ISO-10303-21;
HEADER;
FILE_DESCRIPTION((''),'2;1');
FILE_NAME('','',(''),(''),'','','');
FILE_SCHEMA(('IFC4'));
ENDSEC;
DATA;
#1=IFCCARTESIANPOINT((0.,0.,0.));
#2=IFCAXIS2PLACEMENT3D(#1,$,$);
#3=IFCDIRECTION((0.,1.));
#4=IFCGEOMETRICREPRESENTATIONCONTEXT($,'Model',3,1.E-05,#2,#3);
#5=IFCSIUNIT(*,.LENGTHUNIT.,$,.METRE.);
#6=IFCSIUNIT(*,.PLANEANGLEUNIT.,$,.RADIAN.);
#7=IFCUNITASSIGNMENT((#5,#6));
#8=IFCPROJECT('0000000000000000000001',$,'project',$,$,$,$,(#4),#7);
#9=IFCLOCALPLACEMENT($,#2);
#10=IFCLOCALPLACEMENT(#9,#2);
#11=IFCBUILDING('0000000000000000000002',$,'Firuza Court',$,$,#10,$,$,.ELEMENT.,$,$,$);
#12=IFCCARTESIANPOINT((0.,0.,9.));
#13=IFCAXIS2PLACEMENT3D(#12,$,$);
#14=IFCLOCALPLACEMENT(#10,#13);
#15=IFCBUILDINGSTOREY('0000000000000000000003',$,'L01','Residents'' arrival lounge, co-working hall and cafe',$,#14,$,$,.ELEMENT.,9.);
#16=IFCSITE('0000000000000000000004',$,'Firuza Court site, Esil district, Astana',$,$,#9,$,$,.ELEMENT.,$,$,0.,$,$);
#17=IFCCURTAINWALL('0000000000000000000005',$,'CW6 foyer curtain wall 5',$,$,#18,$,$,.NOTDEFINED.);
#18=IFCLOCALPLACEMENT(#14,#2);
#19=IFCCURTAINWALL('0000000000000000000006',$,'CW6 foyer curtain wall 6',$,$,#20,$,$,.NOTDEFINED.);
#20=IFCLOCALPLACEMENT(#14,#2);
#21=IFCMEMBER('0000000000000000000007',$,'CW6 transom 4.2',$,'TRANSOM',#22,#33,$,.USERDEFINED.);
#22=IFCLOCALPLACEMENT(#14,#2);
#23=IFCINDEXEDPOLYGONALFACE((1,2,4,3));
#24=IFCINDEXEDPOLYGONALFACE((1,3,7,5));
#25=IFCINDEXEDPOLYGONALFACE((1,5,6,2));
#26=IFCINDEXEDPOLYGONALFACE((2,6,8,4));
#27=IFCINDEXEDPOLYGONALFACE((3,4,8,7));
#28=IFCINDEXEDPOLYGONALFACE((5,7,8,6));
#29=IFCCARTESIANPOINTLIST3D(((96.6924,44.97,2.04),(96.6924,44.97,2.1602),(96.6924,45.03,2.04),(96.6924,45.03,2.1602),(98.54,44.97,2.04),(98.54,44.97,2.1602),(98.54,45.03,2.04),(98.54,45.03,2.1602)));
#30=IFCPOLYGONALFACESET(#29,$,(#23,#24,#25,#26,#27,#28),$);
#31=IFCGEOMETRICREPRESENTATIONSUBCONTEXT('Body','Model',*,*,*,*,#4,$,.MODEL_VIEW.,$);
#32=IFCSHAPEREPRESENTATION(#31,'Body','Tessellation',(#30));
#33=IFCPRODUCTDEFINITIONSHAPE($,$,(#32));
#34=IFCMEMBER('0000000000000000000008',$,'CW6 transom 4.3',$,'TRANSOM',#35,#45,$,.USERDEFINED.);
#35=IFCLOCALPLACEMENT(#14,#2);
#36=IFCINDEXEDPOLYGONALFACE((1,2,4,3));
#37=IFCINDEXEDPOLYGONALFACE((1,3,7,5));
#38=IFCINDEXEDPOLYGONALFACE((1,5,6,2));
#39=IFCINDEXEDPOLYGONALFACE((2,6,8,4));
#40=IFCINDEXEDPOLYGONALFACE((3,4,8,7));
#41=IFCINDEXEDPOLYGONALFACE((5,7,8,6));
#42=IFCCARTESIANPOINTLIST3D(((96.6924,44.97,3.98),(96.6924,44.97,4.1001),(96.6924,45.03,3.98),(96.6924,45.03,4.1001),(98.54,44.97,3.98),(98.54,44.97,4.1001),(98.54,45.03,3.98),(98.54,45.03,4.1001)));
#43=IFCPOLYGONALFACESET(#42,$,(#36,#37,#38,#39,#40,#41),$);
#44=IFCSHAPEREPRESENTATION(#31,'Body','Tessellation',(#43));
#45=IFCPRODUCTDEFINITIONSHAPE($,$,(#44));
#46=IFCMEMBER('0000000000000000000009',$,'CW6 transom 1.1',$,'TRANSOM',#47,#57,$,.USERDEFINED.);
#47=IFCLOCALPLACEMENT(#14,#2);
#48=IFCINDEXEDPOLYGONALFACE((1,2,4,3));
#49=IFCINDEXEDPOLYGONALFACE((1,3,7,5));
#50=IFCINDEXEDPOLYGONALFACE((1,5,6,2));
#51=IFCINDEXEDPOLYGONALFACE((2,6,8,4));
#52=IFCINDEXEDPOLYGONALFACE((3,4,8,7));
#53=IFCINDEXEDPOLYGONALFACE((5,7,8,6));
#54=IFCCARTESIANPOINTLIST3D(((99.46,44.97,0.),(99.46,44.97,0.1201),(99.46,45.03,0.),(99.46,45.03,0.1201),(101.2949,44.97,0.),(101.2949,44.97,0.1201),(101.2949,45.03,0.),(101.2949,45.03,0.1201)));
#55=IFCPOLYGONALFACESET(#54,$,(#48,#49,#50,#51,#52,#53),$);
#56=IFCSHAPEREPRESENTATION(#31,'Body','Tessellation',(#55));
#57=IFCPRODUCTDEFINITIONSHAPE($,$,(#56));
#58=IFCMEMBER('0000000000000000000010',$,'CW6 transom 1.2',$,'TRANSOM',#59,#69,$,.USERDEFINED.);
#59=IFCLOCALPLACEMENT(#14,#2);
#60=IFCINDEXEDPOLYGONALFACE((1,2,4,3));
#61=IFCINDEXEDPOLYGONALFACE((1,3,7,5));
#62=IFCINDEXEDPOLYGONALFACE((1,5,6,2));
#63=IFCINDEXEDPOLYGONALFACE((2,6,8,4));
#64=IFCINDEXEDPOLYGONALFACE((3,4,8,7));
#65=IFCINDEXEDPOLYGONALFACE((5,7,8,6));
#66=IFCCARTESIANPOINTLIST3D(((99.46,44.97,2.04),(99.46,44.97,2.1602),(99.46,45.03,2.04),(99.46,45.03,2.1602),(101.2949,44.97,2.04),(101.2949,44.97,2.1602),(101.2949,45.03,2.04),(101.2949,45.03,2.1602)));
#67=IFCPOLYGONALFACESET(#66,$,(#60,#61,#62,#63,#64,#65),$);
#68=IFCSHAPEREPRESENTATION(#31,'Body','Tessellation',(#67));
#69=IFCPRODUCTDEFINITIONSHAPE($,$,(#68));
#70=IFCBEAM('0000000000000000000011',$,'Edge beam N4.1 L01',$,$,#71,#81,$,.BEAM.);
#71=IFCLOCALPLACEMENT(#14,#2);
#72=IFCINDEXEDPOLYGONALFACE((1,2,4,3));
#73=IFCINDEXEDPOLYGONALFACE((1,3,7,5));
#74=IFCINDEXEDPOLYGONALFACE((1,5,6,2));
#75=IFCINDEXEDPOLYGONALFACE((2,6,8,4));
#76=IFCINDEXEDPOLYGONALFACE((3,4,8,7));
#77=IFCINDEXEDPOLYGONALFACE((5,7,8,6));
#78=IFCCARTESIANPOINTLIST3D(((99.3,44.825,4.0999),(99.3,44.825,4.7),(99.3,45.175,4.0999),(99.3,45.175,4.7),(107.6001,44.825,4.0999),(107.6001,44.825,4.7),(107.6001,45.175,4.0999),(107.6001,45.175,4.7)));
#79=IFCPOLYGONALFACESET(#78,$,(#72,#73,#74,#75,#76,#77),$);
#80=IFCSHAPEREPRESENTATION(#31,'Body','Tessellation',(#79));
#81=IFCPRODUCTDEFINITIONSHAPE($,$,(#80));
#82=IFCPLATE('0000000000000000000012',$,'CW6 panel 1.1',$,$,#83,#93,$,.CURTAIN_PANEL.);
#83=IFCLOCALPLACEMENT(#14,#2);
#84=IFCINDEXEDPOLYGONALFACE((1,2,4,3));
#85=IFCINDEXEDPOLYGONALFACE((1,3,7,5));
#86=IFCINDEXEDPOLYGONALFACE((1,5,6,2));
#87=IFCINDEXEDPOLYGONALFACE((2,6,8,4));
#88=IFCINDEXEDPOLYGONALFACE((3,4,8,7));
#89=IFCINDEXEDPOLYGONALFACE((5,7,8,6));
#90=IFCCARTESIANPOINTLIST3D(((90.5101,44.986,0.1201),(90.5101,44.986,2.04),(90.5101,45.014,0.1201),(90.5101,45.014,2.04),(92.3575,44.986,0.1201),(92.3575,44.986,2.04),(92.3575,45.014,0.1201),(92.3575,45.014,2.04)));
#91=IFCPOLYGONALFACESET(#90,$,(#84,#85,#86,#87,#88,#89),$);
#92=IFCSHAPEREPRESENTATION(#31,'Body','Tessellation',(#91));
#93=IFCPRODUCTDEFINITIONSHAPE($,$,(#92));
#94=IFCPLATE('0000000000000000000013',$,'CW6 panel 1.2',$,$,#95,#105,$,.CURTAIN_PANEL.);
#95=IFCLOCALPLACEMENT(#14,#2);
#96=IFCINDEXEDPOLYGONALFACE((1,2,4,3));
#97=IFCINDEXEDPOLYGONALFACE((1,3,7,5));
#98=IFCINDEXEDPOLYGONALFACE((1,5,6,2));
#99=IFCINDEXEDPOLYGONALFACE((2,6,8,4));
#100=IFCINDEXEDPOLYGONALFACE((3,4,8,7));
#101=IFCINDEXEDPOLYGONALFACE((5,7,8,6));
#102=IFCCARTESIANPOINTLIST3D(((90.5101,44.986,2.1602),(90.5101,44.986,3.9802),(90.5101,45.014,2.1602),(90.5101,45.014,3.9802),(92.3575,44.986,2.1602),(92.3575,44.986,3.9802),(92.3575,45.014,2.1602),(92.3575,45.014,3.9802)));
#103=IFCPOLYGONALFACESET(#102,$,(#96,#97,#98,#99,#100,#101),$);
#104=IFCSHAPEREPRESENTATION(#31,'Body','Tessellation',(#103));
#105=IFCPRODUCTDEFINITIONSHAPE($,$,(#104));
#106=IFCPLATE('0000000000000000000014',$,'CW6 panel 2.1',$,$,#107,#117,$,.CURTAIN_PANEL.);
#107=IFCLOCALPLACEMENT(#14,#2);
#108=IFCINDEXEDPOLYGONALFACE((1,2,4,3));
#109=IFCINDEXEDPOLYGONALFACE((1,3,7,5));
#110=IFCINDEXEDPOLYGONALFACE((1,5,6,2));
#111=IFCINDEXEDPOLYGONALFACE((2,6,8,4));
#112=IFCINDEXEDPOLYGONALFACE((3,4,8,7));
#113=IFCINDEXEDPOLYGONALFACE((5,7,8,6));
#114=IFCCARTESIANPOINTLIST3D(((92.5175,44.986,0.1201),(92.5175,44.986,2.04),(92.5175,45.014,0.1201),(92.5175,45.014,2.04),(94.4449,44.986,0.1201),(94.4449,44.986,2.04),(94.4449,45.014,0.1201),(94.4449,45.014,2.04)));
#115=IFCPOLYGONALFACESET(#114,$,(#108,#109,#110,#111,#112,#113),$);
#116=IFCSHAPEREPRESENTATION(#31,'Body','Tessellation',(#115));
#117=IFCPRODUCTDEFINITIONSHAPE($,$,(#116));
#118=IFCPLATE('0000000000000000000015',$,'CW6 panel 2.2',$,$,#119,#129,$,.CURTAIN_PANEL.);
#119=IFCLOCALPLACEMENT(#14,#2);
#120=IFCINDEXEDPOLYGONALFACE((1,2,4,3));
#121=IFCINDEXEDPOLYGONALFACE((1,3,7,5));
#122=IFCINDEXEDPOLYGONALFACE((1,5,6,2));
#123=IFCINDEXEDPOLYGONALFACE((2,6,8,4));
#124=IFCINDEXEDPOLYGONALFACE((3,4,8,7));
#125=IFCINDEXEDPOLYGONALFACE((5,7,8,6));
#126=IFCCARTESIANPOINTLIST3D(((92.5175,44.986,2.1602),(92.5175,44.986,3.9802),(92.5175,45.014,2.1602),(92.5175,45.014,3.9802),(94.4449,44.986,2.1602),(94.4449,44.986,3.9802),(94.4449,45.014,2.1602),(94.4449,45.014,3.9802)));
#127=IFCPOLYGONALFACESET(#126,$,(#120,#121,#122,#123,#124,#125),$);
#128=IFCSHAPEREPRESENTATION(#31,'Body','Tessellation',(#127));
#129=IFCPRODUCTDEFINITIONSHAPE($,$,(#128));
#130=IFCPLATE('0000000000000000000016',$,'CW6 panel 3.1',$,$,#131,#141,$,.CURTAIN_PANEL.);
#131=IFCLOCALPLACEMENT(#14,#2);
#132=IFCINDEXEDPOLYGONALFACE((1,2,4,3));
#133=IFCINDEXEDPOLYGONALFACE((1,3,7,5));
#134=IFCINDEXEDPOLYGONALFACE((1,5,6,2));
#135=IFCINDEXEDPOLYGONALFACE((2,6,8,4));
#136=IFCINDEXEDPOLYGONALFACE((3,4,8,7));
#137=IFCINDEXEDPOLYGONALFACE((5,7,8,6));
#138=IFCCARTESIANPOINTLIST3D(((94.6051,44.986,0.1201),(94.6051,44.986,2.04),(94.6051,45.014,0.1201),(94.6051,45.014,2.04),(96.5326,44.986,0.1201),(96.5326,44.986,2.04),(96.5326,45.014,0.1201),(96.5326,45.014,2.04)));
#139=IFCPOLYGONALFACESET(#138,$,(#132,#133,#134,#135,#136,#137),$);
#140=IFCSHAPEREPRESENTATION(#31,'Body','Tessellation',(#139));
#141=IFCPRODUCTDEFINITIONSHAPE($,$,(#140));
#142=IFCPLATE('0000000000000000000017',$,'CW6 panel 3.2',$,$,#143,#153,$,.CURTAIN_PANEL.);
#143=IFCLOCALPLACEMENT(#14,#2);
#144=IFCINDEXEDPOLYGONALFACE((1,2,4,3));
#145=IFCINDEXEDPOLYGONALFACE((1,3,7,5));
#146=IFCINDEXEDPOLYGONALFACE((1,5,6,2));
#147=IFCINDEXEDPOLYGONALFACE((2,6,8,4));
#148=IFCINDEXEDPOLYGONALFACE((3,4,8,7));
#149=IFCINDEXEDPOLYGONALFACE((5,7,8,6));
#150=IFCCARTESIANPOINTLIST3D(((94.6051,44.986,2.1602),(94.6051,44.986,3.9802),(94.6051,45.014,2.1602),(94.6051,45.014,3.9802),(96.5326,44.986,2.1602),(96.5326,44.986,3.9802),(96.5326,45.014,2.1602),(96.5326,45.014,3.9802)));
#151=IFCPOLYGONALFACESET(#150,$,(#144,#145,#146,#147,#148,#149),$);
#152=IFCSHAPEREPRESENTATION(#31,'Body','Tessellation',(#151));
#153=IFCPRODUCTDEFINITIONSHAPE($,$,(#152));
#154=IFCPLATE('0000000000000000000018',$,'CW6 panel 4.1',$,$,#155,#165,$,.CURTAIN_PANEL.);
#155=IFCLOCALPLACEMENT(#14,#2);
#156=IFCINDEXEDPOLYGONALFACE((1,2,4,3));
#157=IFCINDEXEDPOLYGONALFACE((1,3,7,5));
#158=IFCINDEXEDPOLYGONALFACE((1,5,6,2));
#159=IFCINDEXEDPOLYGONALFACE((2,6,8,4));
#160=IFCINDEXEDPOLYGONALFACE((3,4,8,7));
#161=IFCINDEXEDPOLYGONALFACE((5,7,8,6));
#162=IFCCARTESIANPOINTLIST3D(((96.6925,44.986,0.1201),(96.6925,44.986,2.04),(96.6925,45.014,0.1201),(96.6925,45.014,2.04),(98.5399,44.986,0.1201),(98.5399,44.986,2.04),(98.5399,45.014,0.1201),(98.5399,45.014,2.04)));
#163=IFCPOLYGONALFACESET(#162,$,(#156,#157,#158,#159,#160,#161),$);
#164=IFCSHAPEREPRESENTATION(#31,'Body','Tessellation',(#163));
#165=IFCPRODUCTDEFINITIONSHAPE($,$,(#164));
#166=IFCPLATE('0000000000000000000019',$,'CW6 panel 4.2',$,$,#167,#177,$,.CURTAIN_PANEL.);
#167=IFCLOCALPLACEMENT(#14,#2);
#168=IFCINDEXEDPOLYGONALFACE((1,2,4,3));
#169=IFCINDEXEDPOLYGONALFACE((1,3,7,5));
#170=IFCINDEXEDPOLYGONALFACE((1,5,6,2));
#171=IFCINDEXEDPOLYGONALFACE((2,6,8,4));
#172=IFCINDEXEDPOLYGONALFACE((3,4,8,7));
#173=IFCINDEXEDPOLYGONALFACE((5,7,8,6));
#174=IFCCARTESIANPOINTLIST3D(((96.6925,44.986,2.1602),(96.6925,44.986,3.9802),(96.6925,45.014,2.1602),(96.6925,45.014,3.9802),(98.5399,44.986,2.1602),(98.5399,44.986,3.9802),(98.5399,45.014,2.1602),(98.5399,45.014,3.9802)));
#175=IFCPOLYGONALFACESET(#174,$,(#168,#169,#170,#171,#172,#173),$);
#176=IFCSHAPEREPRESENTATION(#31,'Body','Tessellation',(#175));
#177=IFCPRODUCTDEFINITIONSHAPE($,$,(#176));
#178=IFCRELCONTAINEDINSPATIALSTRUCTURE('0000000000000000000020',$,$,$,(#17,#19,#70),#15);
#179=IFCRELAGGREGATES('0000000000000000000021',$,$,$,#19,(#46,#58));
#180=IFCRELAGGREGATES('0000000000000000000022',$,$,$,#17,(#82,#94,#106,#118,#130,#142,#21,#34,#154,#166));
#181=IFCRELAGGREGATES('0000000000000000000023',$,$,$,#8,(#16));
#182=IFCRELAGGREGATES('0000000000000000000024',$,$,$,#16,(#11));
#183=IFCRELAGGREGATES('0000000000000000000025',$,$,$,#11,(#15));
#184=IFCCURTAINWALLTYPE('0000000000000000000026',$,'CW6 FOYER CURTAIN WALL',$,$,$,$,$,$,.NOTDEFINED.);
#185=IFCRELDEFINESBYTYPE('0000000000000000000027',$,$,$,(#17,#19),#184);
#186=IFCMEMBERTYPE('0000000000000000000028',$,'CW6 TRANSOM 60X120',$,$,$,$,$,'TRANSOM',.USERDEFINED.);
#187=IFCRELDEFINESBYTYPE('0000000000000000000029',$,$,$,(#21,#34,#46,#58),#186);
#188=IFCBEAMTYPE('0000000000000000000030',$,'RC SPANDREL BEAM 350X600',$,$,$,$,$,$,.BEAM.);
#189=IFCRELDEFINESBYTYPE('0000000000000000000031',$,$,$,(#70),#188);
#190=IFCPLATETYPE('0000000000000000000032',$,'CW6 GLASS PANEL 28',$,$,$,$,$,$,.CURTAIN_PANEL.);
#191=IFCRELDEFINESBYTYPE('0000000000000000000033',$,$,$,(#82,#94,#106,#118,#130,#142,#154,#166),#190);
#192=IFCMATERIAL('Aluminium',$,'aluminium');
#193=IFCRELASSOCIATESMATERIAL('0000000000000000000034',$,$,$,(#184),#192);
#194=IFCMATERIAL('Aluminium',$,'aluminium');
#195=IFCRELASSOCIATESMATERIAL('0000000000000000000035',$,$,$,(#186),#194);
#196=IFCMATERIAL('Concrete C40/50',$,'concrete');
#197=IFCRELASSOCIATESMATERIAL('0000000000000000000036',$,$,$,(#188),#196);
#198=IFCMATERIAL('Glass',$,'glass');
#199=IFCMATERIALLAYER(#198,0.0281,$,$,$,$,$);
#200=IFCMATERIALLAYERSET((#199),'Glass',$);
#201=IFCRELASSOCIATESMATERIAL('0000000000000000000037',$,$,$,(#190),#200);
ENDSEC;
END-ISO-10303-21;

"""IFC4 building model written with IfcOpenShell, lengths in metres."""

from ifc_helpers import new_model, si_unit, direction, frame, origin, origin_2d, place, context, subcontext, project, spatial, rectangle, extrude, material, layer, layer_set, material_profile, profile_set, type_object, element, aggregate, save


model = new_model("IFC4")

# Units and contexts
model_context = context("Model", 3, precision=1e-05, world=origin(), true_north=direction((0.0, 1.0)))
body_context = subcontext(model_context, "Body", "Model", "MODEL_VIEW")
ifc_project = project(units=[si_unit("LENGTHUNIT", "METRE"), si_unit("PLANEANGLEUNIT", "RADIAN")], contexts=[model_context])

# Site, building, storey
site_placement = place(None, origin())
site = spatial("IfcSite", under=ifc_project, at=site_placement, Name="Firuza Court site, Esil district, Astana", CompositionType="ELEMENT", RefElevation=0.0)
building_placement = place(site_placement, origin())
building = spatial("IfcBuilding", under=site, at=building_placement, Name="Firuza Court", CompositionType="ELEMENT")
storey_placement = place(building_placement, frame((0.0, 0.0, 9.0)))
storey = spatial("IfcBuildingStorey", under=building, at=storey_placement, Name="L01", Description="Residents' arrival lounge, co-working hall and cafe", CompositionType="ELEMENT", Elevation=9.0)

# Curtain wall
ifc_material_1 = material(Name="Aluminium", Category="aluminium")
curtain_wall_type = type_object("IfcCurtainWallType", Name="CW6 FOYER CURTAIN WALL", PredefinedType="NOTDEFINED", material=ifc_material_1)
curtain_wall_1_placement = place(storey_placement, origin())
curtain_wall_1 = element("IfcCurtainWall", 1, at=curtain_wall_1_placement, inside=storey, type_object=curtain_wall_type, Name="CW6 foyer curtain wall 5", PredefinedType="NOTDEFINED")

# Curtain wall
curtain_wall_2_placement = place(storey_placement, origin())
curtain_wall_2 = element("IfcCurtainWall", 2, at=curtain_wall_2_placement, inside=storey, type_object=curtain_wall_type, Name="CW6 foyer curtain wall 6", PredefinedType="NOTDEFINED")

# Members
ifc_material_2 = material(Name="Aluminium", Category="aluminium")
ifc_material_profile_1 = material_profile(ifc_material_2, rectangle(XDim=0.0601, YDim=0.1201, at=origin_2d()), Name="TRANSOM 60X120")
ifc_profile_set_1 = profile_set([ifc_material_profile_1], Name="Aluminium")
member_type_1 = type_object("IfcMemberType", Name="CW6 TRANSOM 60X120", ElementType="TRANSOM", PredefinedType="USERDEFINED", material=ifc_profile_set_1)
member_1_placement = place(storey_placement, frame((96.6924, 45.0, 2.1001), z_axis=(1.0, 0.0, 0.0), x_axis=(0.0, 1.0, 0.0)))
member_1 = element("IfcMember", 3, at=member_1_placement, type_object=member_type_1, Name="CW6 transom 4.2", ObjectType="TRANSOM", PredefinedType="USERDEFINED", context=body_context, shape_type="SweptSolid", body=[
    extrude(rectangle(XDim=0.0601, YDim=0.1201, at=origin_2d()), origin(), (0.0, 0.0, 1.0), 1.8477),
])
member_2_placement = place(storey_placement, frame((96.6924, 45.0, 4.04), z_axis=(1.0, 0.0, 0.0), x_axis=(0.0, 1.0, 0.0)))
member_2 = element("IfcMember", 4, at=member_2_placement, type_object=member_type_1, Name="CW6 transom 4.3", ObjectType="TRANSOM", PredefinedType="USERDEFINED", context=body_context, shape_type="SweptSolid", body=[
    extrude(rectangle(XDim=0.0601, YDim=0.1201, at=origin_2d()), origin(), (0.0, 0.0, 1.0), 1.8477),
])
member_3_placement = place(storey_placement, frame((99.46, 45.0, 0.0601), z_axis=(1.0, 0.0, 0.0), x_axis=(0.0, 1.0, 0.0)))
member_3 = element("IfcMember", 5, at=member_3_placement, type_object=member_type_1, Name="CW6 transom 1.1", ObjectType="TRANSOM", PredefinedType="USERDEFINED", context=body_context, shape_type="SweptSolid", body=[
    extrude(rectangle(XDim=0.0601, YDim=0.1201, at=origin_2d()), origin(), (0.0, 0.0, 1.0), 1.835),
])
member_4_placement = place(storey_placement, frame((99.46, 45.0, 2.1001), z_axis=(1.0, 0.0, 0.0), x_axis=(0.0, 1.0, 0.0)))
member_4 = element("IfcMember", 6, at=member_4_placement, type_object=member_type_1, Name="CW6 transom 1.2", ObjectType="TRANSOM", PredefinedType="USERDEFINED", context=body_context, shape_type="SweptSolid", body=[
    extrude(rectangle(XDim=0.0601, YDim=0.1201, at=origin_2d()), origin(), (0.0, 0.0, 1.0), 1.835),
])
aggregate(curtain_wall_2, [member_3, member_4])

# Beam
ifc_material_3 = material(Name="Concrete C40/50", Category="concrete")
ifc_material_profile_2 = material_profile(ifc_material_3, rectangle(XDim=0.3501, YDim=0.6001, at=origin_2d()), Name="RC 350X600")
ifc_profile_set_2 = profile_set([ifc_material_profile_2], Name="Concrete C40/50")
beam_type = type_object("IfcBeamType", Name="RC SPANDREL BEAM 350X600", PredefinedType="BEAM", material=ifc_profile_set_2)
beam_placement = place(storey_placement, frame((99.3, 45.0, 4.3999), z_axis=(1.0, 0.0, 0.0), x_axis=(0.0, 1.0, 0.0)))
element("IfcBeam", 7, at=beam_placement, inside=storey, type_object=beam_type, Name="Edge beam N4.1 L01", PredefinedType="BEAM", context=body_context, shape_type="SweptSolid", body=[
    extrude(rectangle(XDim=0.3501, YDim=0.6001, at=origin_2d()), origin(), (0.0, 0.0, 1.0), 8.3),
])

# Plates
ifc_material_4 = material(Name="Glass", Category="glass")
ifc_layer = layer(ifc_material_4, 0.0281)
ifc_layer_set = layer_set([ifc_layer], Name="Glass")
plate_type = type_object("IfcPlateType", Name="CW6 GLASS PANEL 28", PredefinedType="CURTAIN_PANEL", material=ifc_layer_set)
plate_1_placement = place(storey_placement, frame((91.4338, 45.0, 0.1201), z_axis=(0.0, 0.0, 1.0), x_axis=(1.0, 0.0, 0.0)))
plate_1 = element("IfcPlate", 8, at=plate_1_placement, type_object=plate_type, Name="CW6 panel 1.1", PredefinedType="CURTAIN_PANEL", context=body_context, shape_type="SweptSolid", body=[
    extrude(rectangle(XDim=1.8474, YDim=0.0281, at=origin_2d()), origin(), (0.0, 0.0, 1.0), 1.9199),
])
plate_2_placement = place(storey_placement, frame((91.4338, 45.0, 2.1602), z_axis=(0.0, 0.0, 1.0), x_axis=(1.0, 0.0, 0.0)))
plate_2 = element("IfcPlate", 9, at=plate_2_placement, type_object=plate_type, Name="CW6 panel 1.2", PredefinedType="CURTAIN_PANEL", context=body_context, shape_type="SweptSolid", body=[
    extrude(rectangle(XDim=1.8474, YDim=0.0281, at=origin_2d()), origin(), (0.0, 0.0, 1.0), 1.8201),
])
plate_3_placement = place(storey_placement, frame((93.4812, 45.0, 0.1201), z_axis=(0.0, 0.0, 1.0), x_axis=(1.0, 0.0, 0.0)))
plate_3 = element("IfcPlate", 10, at=plate_3_placement, type_object=plate_type, Name="CW6 panel 2.1", PredefinedType="CURTAIN_PANEL", context=body_context, shape_type="SweptSolid", body=[
    extrude(rectangle(XDim=1.9275, YDim=0.0281, at=origin_2d()), origin(), (0.0, 0.0, 1.0), 1.9199),
])
plate_4_placement = place(storey_placement, frame((93.4812, 45.0, 2.1602), z_axis=(0.0, 0.0, 1.0), x_axis=(1.0, 0.0, 0.0)))
plate_4 = element("IfcPlate", 11, at=plate_4_placement, type_object=plate_type, Name="CW6 panel 2.2", PredefinedType="CURTAIN_PANEL", context=body_context, shape_type="SweptSolid", body=[
    extrude(rectangle(XDim=1.9275, YDim=0.0281, at=origin_2d()), origin(), (0.0, 0.0, 1.0), 1.8201),
])
plate_5_placement = place(storey_placement, frame((95.5688, 45.0, 0.1201), z_axis=(0.0, 0.0, 1.0), x_axis=(1.0, 0.0, 0.0)))
plate_5 = element("IfcPlate", 12, at=plate_5_placement, type_object=plate_type, Name="CW6 panel 3.1", PredefinedType="CURTAIN_PANEL", context=body_context, shape_type="SweptSolid", body=[
    extrude(rectangle(XDim=1.9275, YDim=0.0281, at=origin_2d()), origin(), (0.0, 0.0, 1.0), 1.9199),
])
plate_6_placement = place(storey_placement, frame((95.5688, 45.0, 2.1602), z_axis=(0.0, 0.0, 1.0), x_axis=(1.0, 0.0, 0.0)))
plate_6 = element("IfcPlate", 13, at=plate_6_placement, type_object=plate_type, Name="CW6 panel 3.2", PredefinedType="CURTAIN_PANEL", context=body_context, shape_type="SweptSolid", body=[
    extrude(rectangle(XDim=1.9275, YDim=0.0281, at=origin_2d()), origin(), (0.0, 0.0, 1.0), 1.8201),
])
plate_7_placement = place(storey_placement, frame((97.6162, 45.0, 0.1201), z_axis=(0.0, 0.0, 1.0), x_axis=(1.0, 0.0, 0.0)))
plate_7 = element("IfcPlate", 14, at=plate_7_placement, type_object=plate_type, Name="CW6 panel 4.1", PredefinedType="CURTAIN_PANEL", context=body_context, shape_type="SweptSolid", body=[
    extrude(rectangle(XDim=1.8474, YDim=0.0281, at=origin_2d()), origin(), (0.0, 0.0, 1.0), 1.9199),
])
plate_8_placement = place(storey_placement, frame((97.6162, 45.0, 2.1602), z_axis=(0.0, 0.0, 1.0), x_axis=(1.0, 0.0, 0.0)))
plate_8 = element("IfcPlate", 15, at=plate_8_placement, type_object=plate_type, Name="CW6 panel 4.2", PredefinedType="CURTAIN_PANEL", context=body_context, shape_type="SweptSolid", body=[
    extrude(rectangle(XDim=1.8474, YDim=0.0281, at=origin_2d()), origin(), (0.0, 0.0, 1.0), 1.8201),
])
aggregate(curtain_wall_1, [plate_1, plate_2, plate_3, plate_4, plate_5, plate_6, member_1, member_2, plate_7, plate_8])

save(model, "model.ifc")
